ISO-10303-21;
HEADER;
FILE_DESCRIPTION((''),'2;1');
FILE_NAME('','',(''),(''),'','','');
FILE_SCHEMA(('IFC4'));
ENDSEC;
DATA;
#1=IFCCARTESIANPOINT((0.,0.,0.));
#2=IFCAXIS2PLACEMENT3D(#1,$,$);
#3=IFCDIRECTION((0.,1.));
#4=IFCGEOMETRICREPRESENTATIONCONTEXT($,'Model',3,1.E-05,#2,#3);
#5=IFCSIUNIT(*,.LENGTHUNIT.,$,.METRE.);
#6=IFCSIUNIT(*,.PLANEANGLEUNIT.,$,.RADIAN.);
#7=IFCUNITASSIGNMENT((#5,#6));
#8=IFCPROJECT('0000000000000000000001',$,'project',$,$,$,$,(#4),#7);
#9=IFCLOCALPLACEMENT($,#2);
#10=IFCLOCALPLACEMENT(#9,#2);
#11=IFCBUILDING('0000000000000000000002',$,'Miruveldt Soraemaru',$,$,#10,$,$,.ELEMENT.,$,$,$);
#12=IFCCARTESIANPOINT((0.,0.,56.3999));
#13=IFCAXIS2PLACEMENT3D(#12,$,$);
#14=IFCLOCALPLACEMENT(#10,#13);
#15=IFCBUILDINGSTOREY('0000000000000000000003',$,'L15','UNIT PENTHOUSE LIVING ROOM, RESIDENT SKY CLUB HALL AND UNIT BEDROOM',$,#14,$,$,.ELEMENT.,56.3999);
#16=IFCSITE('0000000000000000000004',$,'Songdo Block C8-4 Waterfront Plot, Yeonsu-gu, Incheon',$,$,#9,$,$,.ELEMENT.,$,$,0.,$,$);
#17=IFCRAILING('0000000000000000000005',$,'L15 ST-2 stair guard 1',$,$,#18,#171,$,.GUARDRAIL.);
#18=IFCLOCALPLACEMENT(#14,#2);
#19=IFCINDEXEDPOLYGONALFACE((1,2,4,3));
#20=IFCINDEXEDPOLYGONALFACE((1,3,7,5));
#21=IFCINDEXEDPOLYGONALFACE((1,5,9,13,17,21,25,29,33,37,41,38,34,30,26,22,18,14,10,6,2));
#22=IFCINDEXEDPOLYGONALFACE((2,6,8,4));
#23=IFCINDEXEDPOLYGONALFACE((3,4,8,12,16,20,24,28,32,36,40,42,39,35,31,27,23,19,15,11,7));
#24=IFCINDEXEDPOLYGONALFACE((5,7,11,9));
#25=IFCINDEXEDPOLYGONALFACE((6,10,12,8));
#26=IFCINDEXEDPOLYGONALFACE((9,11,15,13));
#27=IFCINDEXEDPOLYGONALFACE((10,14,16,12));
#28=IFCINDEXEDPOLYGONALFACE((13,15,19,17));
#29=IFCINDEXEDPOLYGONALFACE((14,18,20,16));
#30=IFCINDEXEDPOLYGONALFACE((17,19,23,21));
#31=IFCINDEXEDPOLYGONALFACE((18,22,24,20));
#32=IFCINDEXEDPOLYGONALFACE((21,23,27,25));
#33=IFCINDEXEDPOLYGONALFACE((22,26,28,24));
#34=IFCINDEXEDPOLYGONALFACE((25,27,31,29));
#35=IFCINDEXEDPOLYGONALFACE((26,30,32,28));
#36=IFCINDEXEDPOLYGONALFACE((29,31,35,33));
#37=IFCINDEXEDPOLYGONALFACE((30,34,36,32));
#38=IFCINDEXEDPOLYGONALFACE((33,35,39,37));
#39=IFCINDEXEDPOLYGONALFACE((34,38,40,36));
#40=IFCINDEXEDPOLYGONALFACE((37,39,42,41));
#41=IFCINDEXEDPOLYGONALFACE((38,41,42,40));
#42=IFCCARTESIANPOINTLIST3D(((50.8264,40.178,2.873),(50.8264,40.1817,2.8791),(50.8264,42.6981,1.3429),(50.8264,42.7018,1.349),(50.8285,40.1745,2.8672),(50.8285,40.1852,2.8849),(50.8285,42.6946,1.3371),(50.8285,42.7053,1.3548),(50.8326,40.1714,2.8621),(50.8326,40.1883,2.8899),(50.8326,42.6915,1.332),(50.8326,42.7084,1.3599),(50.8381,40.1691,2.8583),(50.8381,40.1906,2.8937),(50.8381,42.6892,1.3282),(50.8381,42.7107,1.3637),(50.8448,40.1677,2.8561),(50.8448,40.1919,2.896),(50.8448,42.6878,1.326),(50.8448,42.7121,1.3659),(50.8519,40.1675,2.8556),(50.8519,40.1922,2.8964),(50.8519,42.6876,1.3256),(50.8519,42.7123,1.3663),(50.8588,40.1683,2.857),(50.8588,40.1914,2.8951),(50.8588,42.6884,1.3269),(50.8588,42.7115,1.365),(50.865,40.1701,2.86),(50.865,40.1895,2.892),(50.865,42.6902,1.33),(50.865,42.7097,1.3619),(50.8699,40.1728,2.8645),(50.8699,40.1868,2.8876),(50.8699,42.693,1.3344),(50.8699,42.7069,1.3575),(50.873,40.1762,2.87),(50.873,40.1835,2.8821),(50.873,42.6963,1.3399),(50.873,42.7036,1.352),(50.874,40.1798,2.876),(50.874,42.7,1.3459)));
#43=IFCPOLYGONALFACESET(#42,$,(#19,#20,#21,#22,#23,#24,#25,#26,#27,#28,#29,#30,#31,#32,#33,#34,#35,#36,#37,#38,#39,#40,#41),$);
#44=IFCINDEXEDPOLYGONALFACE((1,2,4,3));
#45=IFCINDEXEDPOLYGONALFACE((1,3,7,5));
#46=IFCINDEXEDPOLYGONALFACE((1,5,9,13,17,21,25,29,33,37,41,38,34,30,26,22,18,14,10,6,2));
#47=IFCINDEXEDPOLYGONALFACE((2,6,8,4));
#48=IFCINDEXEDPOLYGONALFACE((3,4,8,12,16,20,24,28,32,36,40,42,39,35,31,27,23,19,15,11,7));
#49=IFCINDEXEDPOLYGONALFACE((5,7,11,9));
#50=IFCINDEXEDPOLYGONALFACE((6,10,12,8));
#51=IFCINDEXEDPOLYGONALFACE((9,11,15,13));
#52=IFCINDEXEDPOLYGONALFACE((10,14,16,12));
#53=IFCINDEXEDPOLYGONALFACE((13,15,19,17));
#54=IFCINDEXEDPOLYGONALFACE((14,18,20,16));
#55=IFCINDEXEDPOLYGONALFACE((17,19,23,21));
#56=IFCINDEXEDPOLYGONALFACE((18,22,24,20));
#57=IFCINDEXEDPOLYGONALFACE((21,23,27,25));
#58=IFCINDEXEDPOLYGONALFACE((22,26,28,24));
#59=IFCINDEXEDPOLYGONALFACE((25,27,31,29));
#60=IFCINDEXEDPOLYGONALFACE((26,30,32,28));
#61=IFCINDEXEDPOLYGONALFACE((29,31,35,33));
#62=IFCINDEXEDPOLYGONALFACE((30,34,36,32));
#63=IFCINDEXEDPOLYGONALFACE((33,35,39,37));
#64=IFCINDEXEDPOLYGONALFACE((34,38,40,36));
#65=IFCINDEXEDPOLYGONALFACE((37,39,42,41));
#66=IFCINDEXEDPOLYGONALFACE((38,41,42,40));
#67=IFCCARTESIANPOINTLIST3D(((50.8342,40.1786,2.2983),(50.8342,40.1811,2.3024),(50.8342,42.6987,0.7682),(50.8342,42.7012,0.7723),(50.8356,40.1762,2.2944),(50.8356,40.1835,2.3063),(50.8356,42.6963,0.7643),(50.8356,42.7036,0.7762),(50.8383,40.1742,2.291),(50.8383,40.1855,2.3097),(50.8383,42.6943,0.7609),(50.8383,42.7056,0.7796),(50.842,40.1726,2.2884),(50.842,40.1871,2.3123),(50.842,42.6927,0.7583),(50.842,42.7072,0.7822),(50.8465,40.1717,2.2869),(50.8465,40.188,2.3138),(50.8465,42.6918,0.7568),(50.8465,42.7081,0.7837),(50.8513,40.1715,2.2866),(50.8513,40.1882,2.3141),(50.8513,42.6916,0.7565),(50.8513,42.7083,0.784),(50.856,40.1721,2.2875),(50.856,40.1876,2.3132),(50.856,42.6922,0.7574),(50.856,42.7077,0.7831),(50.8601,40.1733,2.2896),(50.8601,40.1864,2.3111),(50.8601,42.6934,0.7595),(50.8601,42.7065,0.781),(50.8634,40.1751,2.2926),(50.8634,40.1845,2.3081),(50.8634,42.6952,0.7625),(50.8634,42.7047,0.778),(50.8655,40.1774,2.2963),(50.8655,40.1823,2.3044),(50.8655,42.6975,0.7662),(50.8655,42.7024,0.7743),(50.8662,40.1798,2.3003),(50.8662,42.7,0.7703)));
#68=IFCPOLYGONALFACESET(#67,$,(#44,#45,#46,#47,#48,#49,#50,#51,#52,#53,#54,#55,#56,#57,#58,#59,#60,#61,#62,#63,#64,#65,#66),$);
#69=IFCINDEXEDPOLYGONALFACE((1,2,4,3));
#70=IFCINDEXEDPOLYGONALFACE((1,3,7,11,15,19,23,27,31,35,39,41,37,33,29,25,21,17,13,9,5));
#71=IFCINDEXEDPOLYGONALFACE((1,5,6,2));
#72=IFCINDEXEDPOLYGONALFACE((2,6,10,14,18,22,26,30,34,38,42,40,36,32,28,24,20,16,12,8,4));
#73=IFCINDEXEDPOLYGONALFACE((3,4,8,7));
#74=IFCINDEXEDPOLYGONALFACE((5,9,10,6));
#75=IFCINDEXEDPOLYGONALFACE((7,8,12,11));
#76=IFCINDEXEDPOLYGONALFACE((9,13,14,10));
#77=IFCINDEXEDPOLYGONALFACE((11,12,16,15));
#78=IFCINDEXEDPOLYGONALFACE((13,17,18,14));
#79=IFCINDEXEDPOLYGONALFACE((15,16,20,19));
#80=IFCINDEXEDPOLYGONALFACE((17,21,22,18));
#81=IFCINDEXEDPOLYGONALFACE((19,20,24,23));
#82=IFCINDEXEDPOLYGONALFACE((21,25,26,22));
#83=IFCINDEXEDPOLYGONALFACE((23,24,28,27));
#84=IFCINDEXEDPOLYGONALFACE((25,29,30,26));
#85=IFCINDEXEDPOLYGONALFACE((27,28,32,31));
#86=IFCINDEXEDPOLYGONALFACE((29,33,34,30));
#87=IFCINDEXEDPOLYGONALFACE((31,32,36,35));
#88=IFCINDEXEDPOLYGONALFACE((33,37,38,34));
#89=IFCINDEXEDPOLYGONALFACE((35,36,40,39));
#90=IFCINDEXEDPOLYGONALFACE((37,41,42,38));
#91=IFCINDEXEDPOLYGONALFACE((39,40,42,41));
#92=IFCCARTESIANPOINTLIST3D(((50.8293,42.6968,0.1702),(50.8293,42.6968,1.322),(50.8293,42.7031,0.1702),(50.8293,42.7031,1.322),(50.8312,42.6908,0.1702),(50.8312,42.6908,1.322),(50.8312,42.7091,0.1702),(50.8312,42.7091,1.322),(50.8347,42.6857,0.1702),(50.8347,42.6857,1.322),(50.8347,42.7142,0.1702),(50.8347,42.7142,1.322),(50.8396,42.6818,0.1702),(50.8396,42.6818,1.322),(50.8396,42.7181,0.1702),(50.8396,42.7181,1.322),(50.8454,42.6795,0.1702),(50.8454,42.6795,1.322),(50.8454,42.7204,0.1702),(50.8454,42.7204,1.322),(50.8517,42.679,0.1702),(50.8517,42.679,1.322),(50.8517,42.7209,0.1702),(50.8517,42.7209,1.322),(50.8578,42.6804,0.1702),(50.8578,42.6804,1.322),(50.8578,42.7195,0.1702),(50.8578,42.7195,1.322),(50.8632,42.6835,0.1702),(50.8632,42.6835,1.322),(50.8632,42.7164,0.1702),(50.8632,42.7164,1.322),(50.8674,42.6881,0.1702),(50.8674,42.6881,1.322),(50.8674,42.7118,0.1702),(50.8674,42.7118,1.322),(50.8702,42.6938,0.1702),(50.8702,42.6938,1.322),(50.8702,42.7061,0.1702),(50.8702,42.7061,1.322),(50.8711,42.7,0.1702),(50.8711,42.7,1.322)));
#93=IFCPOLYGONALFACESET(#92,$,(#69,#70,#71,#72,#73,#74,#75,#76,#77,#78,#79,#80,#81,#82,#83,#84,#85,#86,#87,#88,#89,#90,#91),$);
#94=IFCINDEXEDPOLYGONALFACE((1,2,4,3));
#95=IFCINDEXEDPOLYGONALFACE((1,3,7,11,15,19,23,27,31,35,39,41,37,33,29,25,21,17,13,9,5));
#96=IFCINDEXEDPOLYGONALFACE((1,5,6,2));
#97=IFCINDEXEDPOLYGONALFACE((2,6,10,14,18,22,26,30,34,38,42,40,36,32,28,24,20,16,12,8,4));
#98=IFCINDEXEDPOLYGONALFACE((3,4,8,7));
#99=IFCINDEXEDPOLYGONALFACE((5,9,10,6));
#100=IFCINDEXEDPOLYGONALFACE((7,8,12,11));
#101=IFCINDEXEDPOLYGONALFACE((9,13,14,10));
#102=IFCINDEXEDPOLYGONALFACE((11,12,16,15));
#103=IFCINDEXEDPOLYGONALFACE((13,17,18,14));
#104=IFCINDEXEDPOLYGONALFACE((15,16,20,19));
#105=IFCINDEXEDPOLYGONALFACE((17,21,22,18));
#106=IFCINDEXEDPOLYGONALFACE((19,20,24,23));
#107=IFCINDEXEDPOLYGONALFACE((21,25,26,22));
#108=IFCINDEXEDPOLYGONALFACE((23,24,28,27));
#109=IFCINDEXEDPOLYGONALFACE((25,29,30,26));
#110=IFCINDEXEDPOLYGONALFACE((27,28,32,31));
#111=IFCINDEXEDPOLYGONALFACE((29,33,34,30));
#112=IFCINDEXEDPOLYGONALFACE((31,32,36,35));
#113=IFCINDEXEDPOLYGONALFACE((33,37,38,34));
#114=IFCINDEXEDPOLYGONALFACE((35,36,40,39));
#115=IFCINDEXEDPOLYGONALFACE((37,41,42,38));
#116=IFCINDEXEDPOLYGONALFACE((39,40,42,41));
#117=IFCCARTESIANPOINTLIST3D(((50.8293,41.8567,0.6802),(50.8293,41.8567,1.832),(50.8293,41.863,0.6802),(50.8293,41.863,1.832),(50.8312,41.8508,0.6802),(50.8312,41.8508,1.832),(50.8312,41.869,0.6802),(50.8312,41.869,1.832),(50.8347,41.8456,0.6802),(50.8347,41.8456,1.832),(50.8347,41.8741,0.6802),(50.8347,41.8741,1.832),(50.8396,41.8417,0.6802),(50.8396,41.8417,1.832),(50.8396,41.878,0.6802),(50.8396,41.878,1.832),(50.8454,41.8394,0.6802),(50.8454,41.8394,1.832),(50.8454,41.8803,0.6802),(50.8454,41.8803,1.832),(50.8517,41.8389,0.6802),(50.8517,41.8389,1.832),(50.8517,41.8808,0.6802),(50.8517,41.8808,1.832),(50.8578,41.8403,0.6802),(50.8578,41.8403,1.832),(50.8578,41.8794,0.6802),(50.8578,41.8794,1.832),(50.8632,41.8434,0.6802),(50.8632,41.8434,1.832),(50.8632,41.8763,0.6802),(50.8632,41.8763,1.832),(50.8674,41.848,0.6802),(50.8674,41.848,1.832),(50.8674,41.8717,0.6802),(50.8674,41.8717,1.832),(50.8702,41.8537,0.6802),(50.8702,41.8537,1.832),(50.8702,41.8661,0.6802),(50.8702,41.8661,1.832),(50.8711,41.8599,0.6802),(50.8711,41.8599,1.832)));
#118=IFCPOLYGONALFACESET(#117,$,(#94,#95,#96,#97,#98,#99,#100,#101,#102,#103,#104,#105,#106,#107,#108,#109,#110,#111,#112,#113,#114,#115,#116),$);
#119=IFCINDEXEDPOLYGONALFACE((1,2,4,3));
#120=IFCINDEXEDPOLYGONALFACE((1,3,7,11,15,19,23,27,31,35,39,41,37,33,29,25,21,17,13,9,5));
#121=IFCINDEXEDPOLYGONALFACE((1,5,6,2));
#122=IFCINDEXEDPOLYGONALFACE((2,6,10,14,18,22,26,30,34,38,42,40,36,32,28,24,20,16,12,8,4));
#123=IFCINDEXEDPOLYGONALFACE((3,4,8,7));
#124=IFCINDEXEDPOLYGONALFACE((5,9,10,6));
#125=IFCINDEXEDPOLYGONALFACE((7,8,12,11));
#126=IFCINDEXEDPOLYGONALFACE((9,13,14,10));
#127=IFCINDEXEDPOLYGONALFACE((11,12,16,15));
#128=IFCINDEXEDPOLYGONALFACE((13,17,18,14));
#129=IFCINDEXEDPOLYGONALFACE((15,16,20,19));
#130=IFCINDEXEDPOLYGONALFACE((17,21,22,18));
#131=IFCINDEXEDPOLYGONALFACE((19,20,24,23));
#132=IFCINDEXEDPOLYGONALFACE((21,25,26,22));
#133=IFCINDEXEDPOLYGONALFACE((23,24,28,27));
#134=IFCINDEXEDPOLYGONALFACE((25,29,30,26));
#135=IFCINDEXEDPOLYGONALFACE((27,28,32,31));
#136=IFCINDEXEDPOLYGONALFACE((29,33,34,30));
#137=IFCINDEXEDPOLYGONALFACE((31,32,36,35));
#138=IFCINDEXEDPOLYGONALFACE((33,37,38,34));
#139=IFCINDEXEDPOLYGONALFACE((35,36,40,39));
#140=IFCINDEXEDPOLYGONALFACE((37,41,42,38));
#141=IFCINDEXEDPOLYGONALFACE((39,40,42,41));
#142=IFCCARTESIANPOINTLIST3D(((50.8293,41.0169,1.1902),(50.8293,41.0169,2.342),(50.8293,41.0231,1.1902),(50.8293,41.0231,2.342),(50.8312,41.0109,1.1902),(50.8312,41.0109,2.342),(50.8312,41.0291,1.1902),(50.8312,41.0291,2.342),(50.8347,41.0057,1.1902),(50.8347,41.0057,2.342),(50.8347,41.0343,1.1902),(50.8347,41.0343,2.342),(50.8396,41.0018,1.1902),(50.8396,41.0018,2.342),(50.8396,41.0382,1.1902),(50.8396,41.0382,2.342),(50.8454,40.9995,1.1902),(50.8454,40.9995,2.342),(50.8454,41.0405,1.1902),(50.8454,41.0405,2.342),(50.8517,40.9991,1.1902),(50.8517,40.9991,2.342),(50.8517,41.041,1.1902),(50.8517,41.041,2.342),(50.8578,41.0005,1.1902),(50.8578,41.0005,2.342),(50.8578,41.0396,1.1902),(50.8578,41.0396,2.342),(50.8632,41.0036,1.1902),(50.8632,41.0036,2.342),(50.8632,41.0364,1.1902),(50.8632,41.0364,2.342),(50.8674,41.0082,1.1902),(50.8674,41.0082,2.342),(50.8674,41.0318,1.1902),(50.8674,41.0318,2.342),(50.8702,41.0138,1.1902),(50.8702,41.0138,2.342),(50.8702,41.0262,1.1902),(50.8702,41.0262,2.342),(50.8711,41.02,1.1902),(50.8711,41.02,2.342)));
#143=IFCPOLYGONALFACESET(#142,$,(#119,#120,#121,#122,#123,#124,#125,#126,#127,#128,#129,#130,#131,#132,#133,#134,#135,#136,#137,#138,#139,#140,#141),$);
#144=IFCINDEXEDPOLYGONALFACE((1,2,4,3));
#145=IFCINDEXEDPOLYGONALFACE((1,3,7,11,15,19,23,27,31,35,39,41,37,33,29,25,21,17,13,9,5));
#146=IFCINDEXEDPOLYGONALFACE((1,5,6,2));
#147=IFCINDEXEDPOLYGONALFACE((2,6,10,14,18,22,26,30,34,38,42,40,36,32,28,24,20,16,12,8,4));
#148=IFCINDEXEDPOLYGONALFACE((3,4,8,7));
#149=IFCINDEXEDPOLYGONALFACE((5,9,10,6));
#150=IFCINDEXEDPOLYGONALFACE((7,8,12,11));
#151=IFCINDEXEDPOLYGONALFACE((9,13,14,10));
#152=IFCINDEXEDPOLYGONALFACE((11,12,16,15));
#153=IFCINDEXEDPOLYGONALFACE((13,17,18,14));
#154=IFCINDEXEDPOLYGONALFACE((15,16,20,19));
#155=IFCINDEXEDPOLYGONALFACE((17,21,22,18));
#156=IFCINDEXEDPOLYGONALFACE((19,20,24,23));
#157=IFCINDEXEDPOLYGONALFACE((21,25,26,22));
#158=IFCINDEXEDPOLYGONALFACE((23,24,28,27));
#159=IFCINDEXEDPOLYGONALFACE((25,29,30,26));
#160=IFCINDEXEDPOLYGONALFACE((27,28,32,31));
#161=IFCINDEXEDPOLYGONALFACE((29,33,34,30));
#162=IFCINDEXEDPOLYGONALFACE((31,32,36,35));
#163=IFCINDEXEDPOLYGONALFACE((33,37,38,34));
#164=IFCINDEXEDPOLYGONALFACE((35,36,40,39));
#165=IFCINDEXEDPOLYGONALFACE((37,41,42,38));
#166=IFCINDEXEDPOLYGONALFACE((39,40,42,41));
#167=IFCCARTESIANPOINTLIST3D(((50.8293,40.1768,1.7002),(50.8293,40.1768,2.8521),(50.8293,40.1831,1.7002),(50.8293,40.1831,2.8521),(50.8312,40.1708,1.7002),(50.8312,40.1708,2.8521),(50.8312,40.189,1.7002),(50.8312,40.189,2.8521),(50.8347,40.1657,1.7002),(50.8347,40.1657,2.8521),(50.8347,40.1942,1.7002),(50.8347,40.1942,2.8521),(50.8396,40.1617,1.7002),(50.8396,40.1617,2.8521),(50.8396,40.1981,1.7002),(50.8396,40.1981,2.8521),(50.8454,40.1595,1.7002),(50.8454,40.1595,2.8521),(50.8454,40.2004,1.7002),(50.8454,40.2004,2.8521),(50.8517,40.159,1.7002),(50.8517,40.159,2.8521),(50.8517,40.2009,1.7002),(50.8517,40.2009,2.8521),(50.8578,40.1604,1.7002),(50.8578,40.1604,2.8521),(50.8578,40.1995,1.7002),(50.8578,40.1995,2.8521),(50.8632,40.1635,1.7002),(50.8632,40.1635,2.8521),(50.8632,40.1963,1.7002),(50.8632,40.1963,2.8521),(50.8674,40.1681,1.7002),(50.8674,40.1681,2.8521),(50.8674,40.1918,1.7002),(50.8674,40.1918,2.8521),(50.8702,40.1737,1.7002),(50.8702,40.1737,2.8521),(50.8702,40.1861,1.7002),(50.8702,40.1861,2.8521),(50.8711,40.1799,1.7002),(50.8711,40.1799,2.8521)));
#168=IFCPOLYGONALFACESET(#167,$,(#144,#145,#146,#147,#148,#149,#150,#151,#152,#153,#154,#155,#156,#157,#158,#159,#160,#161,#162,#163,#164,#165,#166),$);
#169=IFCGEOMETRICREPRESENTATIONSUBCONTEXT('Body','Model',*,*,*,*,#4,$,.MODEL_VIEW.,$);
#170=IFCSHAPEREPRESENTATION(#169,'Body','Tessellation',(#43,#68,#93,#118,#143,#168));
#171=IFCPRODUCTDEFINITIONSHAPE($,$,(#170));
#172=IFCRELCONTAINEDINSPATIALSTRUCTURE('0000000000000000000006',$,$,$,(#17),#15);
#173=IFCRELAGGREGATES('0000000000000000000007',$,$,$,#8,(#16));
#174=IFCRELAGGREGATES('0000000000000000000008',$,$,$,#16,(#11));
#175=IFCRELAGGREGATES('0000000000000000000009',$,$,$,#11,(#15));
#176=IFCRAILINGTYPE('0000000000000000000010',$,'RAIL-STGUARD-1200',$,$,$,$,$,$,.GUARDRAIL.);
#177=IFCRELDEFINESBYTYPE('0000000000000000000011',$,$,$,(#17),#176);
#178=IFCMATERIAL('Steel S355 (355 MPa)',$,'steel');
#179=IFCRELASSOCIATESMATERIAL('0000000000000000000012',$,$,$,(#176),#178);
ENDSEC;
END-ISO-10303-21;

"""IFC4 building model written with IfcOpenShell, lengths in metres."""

from ifc_helpers import new_model, si_unit, direction, frame, origin, origin_2d, place, context, subcontext, project, spatial, circle, extrude, material, type_object, element, save


model = new_model("IFC4")

# Units and contexts
model_context = context("Model", 3, precision=1e-05, world=origin(), true_north=direction((0.0, 1.0)))
body_context = subcontext(model_context, "Body", "Model", "MODEL_VIEW")
ifc_project = project(units=[si_unit("LENGTHUNIT", "METRE"), si_unit("PLANEANGLEUNIT", "RADIAN")], contexts=[model_context])

# Site, building, storey
site_placement = place(None, origin())
site = spatial("IfcSite", under=ifc_project, at=site_placement, Name="Songdo Block C8-4 Waterfront Plot, Yeonsu-gu, Incheon", CompositionType="ELEMENT", RefElevation=0.0)
building_placement = place(site_placement, origin())
building = spatial("IfcBuilding", under=site, at=building_placement, Name="Miruveldt Soraemaru", CompositionType="ELEMENT")
storey_placement = place(building_placement, frame((0.0, 0.0, 56.3999)))
storey = spatial("IfcBuildingStorey", under=building, at=storey_placement, Name="L15", Description="UNIT PENTHOUSE LIVING ROOM, RESIDENT SKY CLUB HALL AND UNIT BEDROOM", CompositionType="ELEMENT", Elevation=56.3999)

# Railing
ifc_material_1 = material(Name="Steel S355 (355 MPa)", Category="steel")
railing_type_1 = type_object("IfcRailingType", Name="RAIL-STGUARD-1200", PredefinedType="GUARDRAIL", material=ifc_material_1)
railing_1_placement = place(storey_placement, frame((50.8501, 42.7, 0.1702)))
element("IfcRailing", 1, at=railing_1_placement, inside=storey, type_object=railing_type_1, Name="L15 ST-2 stair guard 1", PredefinedType="GUARDRAIL", context=body_context, shape_type="SweptSolid", body=[
    extrude(circle(Radius=0.0239, at=origin_2d()), frame((0.0, 0.0, 1.1758), z_axis=(0.0, -0.854785, 0.518982), x_axis=(1.0, 0.0, 0.0)), (0.0, 0.0, 1.0), 2.9482),
    extrude(circle(Radius=0.0161, at=origin_2d()), frame((0.0, 0.0, 0.6001), z_axis=(0.0, -0.854785, 0.518982), x_axis=(1.0, 0.0, 0.0)), (0.0, 0.0, 1.0), 2.9482),
    extrude(circle(Radius=0.021, at=origin_2d()), origin(), (0.0, 0.0, 1.0), 1.1519),
    extrude(circle(Radius=0.021, at=origin_2d()), frame((0.0, -0.8401, 0.51)), (0.0, 0.0, 1.0), 1.1519),
    extrude(circle(Radius=0.021, at=origin_2d()), frame((0.0, -1.6799, 1.02)), (0.0, 0.0, 1.0), 1.1519),
    extrude(circle(Radius=0.021, at=origin_2d()), frame((0.0, -2.52, 1.53)), (0.0, 0.0, 1.0), 1.1519),
])

save(model, "model.ifc")
